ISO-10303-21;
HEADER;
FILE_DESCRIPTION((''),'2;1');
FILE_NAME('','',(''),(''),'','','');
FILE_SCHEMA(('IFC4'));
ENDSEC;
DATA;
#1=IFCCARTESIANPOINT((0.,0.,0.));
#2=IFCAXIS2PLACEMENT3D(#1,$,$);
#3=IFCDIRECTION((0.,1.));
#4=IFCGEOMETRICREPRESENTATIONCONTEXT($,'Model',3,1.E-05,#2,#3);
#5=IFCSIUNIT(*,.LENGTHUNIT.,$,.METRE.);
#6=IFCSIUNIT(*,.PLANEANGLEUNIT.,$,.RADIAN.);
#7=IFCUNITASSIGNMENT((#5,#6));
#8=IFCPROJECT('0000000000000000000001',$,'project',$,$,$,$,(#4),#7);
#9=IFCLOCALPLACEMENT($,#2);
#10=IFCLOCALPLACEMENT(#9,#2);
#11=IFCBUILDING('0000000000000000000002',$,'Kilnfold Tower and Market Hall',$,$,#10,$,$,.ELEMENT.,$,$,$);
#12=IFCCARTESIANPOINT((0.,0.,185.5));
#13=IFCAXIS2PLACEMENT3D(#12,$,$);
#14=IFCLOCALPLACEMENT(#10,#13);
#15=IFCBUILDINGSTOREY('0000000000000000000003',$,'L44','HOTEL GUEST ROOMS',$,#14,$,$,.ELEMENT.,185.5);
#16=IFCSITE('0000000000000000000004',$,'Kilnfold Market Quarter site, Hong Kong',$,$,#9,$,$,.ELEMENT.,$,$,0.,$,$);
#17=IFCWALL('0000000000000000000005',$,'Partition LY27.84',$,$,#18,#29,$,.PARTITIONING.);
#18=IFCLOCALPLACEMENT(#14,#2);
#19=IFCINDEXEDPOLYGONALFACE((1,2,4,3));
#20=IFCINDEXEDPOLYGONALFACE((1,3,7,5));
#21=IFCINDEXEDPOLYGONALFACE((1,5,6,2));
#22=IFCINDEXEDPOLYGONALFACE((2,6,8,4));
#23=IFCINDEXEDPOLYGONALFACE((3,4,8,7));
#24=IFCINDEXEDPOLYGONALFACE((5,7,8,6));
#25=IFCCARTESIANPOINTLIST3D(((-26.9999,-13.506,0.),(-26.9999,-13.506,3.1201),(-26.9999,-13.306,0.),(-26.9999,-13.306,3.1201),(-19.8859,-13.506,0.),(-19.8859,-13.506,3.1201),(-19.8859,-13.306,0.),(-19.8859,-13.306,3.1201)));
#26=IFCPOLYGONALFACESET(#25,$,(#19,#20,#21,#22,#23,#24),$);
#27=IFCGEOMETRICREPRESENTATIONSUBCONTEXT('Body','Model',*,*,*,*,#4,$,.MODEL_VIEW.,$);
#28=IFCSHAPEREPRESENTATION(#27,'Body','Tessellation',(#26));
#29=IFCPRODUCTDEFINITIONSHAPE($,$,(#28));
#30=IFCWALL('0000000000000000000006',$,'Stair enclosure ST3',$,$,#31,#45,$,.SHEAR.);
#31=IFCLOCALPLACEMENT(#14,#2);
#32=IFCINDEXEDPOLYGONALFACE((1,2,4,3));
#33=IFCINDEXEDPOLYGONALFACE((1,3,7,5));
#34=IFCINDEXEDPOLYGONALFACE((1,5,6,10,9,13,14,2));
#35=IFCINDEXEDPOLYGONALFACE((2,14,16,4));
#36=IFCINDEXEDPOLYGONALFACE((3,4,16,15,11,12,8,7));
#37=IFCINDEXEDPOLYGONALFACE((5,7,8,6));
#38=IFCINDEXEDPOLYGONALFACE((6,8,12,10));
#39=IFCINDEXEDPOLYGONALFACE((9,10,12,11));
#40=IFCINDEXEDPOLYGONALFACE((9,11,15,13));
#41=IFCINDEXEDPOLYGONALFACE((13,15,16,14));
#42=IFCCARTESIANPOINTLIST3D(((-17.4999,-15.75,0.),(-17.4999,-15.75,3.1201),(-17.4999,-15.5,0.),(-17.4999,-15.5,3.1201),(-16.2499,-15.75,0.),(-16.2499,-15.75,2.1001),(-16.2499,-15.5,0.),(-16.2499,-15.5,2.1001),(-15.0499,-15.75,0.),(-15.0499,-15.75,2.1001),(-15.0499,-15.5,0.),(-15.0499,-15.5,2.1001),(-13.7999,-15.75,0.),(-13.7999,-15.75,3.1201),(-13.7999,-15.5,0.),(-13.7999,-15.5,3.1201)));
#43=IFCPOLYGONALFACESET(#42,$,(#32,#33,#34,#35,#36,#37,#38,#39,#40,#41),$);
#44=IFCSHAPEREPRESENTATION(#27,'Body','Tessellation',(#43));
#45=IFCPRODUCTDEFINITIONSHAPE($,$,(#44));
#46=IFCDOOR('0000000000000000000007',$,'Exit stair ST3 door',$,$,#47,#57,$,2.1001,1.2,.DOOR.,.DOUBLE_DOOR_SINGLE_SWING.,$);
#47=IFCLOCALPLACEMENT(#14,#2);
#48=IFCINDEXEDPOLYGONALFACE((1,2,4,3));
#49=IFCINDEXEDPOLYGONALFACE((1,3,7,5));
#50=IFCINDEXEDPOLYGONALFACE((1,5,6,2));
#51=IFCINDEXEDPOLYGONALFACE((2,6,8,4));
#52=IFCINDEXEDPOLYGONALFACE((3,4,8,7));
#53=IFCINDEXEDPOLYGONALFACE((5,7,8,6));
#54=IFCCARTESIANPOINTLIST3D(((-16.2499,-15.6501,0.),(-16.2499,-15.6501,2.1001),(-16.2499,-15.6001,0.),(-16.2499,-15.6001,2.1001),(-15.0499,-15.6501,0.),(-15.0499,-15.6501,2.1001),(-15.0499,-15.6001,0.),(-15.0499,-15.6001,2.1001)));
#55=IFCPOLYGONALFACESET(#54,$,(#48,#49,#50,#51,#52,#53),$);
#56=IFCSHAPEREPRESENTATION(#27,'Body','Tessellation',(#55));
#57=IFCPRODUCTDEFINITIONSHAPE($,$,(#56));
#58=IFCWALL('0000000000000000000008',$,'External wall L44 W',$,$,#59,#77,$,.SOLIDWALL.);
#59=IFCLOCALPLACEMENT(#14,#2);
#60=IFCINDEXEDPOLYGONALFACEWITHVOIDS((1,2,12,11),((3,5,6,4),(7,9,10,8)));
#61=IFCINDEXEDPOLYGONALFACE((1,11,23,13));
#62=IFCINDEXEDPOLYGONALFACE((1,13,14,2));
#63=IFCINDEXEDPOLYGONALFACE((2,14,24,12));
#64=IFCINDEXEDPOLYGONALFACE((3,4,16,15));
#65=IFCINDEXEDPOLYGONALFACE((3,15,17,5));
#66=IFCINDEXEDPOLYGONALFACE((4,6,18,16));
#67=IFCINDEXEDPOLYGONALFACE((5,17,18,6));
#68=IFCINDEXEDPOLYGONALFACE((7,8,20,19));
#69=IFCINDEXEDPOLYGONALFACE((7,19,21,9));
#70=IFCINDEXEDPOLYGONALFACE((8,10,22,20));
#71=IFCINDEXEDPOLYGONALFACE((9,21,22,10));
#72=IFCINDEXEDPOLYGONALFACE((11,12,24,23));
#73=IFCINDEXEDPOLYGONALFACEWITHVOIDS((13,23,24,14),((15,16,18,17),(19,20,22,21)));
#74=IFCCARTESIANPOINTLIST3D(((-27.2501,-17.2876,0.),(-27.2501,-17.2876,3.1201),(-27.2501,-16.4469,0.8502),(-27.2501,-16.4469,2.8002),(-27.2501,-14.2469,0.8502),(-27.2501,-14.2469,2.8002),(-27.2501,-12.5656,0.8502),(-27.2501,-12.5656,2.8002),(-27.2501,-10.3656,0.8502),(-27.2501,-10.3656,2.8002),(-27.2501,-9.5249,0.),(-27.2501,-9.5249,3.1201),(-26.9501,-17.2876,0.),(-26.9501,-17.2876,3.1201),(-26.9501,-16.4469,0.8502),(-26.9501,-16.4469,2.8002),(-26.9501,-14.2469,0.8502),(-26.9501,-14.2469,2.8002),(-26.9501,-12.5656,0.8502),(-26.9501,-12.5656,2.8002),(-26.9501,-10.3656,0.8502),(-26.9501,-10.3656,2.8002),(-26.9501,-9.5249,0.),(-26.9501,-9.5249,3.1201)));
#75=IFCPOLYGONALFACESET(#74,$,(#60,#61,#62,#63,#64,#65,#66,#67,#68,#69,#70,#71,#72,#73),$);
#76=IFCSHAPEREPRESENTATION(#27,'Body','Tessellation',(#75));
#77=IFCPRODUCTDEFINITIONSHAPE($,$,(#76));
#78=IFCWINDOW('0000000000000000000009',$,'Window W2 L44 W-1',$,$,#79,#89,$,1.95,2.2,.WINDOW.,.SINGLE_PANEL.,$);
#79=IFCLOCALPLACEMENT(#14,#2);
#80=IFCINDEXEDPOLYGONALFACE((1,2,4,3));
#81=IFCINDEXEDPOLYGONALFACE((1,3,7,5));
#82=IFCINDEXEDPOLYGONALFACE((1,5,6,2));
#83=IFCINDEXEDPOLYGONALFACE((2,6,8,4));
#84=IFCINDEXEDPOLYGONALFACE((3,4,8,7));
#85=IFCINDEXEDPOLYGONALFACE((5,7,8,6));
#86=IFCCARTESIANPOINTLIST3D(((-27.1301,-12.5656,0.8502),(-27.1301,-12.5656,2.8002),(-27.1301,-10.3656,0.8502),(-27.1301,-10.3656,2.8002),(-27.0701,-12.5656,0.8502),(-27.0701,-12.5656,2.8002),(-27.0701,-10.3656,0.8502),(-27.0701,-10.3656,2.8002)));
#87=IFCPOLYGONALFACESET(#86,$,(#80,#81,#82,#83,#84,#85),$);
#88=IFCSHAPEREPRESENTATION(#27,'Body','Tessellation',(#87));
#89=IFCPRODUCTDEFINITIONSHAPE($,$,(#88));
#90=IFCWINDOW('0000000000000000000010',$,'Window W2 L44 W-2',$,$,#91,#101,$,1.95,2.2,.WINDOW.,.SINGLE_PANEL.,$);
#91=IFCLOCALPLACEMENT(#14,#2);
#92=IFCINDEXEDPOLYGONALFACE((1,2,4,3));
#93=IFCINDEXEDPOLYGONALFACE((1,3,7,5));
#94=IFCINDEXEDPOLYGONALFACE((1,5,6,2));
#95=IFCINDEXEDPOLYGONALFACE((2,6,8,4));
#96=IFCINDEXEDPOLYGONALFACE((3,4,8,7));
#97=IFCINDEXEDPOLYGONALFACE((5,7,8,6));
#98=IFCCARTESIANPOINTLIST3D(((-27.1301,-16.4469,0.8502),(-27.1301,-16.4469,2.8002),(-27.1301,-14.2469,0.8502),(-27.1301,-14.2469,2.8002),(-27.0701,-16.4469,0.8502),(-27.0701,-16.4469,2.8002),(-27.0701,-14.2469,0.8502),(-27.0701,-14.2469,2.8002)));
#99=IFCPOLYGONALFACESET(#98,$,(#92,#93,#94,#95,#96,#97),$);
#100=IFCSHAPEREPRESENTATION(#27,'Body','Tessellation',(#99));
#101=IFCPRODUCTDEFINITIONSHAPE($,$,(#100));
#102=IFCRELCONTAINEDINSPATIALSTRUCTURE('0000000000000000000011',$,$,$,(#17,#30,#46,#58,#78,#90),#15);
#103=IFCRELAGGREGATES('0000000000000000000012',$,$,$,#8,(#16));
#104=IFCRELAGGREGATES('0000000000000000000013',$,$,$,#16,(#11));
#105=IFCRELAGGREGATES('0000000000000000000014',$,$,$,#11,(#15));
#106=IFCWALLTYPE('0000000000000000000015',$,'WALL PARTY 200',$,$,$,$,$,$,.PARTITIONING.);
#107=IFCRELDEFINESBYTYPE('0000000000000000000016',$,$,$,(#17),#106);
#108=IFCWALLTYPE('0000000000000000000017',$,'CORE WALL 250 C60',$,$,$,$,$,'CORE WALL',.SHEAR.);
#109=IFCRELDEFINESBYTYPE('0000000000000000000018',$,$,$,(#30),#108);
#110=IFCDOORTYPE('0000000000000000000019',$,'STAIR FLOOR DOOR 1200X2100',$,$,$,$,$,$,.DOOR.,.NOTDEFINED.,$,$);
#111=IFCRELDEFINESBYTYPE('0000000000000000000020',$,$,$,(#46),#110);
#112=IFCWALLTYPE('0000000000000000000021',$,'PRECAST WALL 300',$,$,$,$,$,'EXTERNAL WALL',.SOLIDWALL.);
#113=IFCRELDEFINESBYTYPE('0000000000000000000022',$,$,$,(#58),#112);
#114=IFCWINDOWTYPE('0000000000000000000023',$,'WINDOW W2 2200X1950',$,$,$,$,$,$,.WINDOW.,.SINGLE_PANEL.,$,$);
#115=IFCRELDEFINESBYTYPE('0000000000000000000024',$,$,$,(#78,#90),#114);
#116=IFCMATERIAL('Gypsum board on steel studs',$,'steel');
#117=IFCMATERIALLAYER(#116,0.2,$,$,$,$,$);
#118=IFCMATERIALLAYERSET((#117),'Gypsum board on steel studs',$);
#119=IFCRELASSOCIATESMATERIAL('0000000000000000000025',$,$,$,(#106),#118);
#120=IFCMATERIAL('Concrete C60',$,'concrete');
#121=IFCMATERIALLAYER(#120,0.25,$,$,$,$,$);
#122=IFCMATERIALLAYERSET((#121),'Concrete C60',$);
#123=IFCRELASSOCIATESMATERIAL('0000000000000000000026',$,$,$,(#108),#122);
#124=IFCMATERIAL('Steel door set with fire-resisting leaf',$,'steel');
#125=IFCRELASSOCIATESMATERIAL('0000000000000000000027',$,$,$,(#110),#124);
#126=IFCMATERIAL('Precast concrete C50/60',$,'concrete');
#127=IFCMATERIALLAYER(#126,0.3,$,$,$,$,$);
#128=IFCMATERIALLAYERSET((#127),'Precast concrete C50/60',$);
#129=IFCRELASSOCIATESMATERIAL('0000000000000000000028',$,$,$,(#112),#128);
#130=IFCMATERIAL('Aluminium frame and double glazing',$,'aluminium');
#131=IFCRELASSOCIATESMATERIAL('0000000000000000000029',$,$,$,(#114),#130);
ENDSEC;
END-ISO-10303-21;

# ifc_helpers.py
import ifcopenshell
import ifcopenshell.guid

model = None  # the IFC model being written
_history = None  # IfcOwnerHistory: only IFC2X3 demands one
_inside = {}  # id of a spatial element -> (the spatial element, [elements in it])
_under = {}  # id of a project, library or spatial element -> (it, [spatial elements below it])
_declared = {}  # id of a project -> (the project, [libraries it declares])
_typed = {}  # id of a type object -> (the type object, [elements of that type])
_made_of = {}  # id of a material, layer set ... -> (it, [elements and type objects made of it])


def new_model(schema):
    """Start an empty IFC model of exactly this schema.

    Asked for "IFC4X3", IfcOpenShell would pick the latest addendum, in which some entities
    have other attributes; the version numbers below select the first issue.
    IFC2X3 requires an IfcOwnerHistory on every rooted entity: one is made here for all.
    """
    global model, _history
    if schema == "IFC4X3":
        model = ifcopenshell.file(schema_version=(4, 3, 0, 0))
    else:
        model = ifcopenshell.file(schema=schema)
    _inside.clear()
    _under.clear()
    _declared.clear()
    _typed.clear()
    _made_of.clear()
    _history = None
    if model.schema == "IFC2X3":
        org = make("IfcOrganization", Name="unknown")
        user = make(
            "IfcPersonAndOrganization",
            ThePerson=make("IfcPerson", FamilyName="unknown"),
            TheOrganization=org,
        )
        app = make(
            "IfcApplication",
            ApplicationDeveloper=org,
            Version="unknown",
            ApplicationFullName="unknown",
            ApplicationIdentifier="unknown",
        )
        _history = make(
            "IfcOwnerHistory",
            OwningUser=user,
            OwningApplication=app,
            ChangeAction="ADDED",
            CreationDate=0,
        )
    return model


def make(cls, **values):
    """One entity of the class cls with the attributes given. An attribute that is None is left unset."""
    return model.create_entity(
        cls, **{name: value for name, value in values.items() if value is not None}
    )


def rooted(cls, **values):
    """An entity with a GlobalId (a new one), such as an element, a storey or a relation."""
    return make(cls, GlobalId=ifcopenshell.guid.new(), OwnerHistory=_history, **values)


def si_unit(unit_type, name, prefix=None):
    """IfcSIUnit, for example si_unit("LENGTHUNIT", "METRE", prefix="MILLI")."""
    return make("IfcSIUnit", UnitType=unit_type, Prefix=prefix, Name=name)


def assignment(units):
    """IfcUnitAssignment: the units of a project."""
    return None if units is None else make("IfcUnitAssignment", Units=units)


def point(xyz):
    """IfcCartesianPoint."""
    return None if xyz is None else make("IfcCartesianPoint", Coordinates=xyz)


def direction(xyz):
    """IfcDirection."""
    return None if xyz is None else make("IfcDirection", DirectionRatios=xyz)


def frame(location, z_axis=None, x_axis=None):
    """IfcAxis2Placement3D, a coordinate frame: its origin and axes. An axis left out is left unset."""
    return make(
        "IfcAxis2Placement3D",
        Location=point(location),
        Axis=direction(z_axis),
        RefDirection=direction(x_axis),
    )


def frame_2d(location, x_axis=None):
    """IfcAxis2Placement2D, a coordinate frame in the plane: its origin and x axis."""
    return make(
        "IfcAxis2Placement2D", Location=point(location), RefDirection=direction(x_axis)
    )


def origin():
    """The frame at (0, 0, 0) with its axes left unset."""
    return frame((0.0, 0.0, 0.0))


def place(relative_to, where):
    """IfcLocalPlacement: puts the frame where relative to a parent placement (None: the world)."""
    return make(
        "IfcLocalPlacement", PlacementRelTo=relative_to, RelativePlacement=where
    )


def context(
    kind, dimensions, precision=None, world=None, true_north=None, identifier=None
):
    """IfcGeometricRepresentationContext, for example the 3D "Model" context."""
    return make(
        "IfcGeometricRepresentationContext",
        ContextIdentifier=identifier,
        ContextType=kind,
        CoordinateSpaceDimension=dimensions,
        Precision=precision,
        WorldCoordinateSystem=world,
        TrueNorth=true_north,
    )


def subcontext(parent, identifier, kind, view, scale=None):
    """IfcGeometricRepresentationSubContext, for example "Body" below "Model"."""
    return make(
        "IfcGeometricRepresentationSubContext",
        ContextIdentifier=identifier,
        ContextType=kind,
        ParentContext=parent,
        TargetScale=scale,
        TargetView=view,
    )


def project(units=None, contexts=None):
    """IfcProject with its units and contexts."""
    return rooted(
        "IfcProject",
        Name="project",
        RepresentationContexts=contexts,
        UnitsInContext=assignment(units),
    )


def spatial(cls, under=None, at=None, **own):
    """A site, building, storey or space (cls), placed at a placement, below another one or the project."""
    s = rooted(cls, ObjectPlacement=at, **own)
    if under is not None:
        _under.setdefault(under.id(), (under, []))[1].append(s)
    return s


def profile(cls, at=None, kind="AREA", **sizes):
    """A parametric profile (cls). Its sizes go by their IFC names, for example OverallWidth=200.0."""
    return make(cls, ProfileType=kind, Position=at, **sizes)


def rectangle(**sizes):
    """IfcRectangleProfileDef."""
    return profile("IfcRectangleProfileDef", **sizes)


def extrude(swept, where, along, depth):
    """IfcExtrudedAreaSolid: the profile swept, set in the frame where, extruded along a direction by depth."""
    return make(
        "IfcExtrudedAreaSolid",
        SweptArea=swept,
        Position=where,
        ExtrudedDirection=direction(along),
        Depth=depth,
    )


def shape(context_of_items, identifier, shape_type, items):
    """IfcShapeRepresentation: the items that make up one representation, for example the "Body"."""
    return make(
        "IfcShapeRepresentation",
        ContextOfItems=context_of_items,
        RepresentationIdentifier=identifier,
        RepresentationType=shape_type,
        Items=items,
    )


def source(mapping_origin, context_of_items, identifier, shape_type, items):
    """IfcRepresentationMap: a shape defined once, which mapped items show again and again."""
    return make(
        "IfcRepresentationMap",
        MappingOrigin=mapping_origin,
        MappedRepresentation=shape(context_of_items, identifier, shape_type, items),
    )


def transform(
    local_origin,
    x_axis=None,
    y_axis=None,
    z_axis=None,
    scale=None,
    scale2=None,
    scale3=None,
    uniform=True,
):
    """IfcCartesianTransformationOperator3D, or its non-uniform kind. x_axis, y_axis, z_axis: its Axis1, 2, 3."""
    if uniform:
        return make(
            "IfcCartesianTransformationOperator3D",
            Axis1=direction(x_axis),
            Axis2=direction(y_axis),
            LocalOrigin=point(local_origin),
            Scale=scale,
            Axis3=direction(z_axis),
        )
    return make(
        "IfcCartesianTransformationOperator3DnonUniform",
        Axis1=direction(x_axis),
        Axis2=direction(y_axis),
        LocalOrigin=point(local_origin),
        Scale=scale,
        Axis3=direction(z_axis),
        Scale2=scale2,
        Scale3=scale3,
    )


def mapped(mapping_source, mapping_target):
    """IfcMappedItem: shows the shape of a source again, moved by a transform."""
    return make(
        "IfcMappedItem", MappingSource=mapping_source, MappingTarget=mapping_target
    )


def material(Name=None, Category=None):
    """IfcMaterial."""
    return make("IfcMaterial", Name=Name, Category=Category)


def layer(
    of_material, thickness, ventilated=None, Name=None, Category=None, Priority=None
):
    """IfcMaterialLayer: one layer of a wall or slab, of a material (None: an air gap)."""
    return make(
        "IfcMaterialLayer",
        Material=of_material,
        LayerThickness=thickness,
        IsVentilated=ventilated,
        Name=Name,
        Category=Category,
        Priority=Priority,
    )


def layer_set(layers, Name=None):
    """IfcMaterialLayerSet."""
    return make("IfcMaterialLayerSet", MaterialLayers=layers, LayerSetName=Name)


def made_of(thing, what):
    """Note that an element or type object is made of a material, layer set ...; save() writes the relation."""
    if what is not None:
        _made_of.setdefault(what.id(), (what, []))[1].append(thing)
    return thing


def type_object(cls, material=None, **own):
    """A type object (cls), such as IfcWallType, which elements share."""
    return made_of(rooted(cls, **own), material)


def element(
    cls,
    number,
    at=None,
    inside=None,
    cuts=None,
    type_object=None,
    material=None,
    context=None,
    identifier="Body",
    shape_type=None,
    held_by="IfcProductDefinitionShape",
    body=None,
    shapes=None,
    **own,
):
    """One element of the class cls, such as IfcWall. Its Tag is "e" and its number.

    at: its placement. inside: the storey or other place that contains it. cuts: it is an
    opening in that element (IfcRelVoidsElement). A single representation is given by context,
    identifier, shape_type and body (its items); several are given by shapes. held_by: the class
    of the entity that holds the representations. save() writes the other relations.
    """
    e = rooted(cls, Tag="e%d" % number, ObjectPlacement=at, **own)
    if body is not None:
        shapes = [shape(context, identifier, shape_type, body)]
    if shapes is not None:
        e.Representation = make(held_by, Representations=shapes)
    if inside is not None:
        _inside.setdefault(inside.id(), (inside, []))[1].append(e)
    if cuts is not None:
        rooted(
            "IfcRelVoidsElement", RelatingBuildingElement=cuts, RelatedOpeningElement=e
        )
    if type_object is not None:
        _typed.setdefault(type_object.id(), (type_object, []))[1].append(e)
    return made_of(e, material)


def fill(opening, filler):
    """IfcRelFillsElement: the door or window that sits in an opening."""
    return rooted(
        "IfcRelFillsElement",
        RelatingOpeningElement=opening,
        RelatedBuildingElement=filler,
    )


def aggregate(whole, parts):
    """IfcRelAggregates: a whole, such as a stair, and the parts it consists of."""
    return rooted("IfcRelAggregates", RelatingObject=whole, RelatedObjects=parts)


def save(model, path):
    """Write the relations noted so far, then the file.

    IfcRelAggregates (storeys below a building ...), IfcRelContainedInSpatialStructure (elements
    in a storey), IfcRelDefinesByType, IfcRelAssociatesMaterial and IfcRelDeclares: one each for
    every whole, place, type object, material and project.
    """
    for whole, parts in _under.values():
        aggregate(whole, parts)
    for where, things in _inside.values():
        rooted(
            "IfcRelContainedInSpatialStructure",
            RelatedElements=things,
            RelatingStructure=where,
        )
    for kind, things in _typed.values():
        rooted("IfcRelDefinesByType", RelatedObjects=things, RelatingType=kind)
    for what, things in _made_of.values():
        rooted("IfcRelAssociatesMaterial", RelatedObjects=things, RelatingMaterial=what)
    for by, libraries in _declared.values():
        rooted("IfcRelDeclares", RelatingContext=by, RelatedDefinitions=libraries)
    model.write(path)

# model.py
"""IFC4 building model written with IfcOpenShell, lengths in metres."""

from ifc_helpers import new_model, si_unit, direction, frame, frame_2d, origin, place, context, subcontext, project, spatial, rectangle, extrude, source, transform, mapped, material, layer, layer_set, type_object, element, fill, save


model = new_model("IFC4")

# Units and contexts
model_context = context("Model", 3, precision=1e-05, world=origin(), true_north=direction((0.0, 1.0)))
body_context = subcontext(model_context, "Body", "Model", "MODEL_VIEW")
ifc_project = project(units=[si_unit("LENGTHUNIT", "METRE"), si_unit("PLANEANGLEUNIT", "RADIAN")], contexts=[model_context])

# Site, building, storey
site_placement = place(None, origin())
site = spatial("IfcSite", under=ifc_project, at=site_placement, Name="Kilnfold Market Quarter site, Hong Kong", CompositionType="ELEMENT", RefElevation=0.0)
building_placement = place(site_placement, origin())
building = spatial("IfcBuilding", under=site, at=building_placement, Name="Kilnfold Tower and Market Hall", CompositionType="ELEMENT")
storey_placement = place(building_placement, frame((0.0, 0.0, 185.5)))
storey = spatial("IfcBuildingStorey", under=building, at=storey_placement, Name="L44", Description="HOTEL GUEST ROOMS", CompositionType="ELEMENT", Elevation=185.5)

# Wall
ifc_material_1 = material(Name="Gypsum board on steel studs", Category="steel")
ifc_layer_1 = layer(ifc_material_1, 0.2)
ifc_layer_set_1 = layer_set([ifc_layer_1], Name="Gypsum board on steel studs")
wall_type_1 = type_object("IfcWallType", Name="WALL PARTY 200", PredefinedType="PARTITIONING", material=ifc_layer_set_1)
wall_1_placement = place(storey_placement, frame((-27.0, -13.406, 0.0), z_axis=(0.0, 0.0, 1.0), x_axis=(1.0, 0.0, 0.0)))
element("IfcWall", 1, at=wall_1_placement, inside=storey, type_object=wall_type_1, Name="Partition LY27.84", PredefinedType="PARTITIONING", context=body_context, shape_type="SweptSolid", body=[
    extrude(rectangle(XDim=7.114, YDim=0.2, at=frame_2d((3.5571, 0.0))), origin(), (0.0, 0.0, 1.0), 3.1201),
])

# Wall, opening, door
ifc_material_2 = material(Name="Concrete C60", Category="concrete")
ifc_layer_2 = layer(ifc_material_2, 0.25)
ifc_layer_set_2 = layer_set([ifc_layer_2], Name="Concrete C60")
wall_type_2 = type_object("IfcWallType", Name="CORE WALL 250 C60", ElementType="CORE WALL", PredefinedType="SHEAR", material=ifc_layer_set_2)
shared_shape_1 = source(origin(), body_context, "Body", "SweptSolid", [
    extrude(rectangle(XDim=3.7, YDim=0.25, at=frame_2d((1.8501, 0.0))), origin(), (0.0, 0.0, 1.0), 3.1201),
])
wall_2_placement = place(storey_placement, frame((-17.5, -15.625, 0.0), z_axis=(0.0, 0.0, 1.0), x_axis=(1.0, 0.0, 0.0)))
wall_2 = element("IfcWall", 2, at=wall_2_placement, inside=storey, type_object=wall_type_2, Name="Stair enclosure ST3", PredefinedType="SHEAR", context=body_context, shape_type="MappedRepresentation", body=[
    mapped(shared_shape_1, transform((0.0, 0.0, 0.0))),
])
opening_1_placement = place(wall_2_placement, frame((1.25, 0.0, 0.0)))
opening_1 = element("IfcOpeningElement", 3, at=opening_1_placement, cuts=wall_2, PredefinedType="OPENING", context=body_context, shape_type="SweptSolid", body=[
    extrude(rectangle(XDim=1.2, YDim=2.1001, at=frame_2d((0.6001, 1.05))), frame((0.0, 0.135, 0.0), z_axis=(0.0, -1.0, 0.0), x_axis=(1.0, 0.0, 0.0)), (0.0, 0.0, 1.0), 0.27),
])
ifc_material_3 = material(Name="Steel door set with fire-resisting leaf", Category="steel")
door_type_1 = type_object("IfcDoorType", Name="STAIR FLOOR DOOR 1200X2100", OperationType="NOTDEFINED", PredefinedType="DOOR", material=ifc_material_3)
door_1_placement = place(opening_1_placement, origin())
door_1 = element("IfcDoor", 4, at=door_1_placement, inside=storey, type_object=door_type_1, Name="Exit stair ST3 door", OperationType="DOUBLE_DOOR_SINGLE_SWING", OverallHeight=2.1001, OverallWidth=1.2, PredefinedType="DOOR", context=body_context, shape_type="SweptSolid", body=[
    extrude(rectangle(XDim=1.2, YDim=2.1001, at=frame_2d((0.6001, 1.05))), frame((0.0, 0.0249, 0.0), z_axis=(0.0, -1.0, 0.0), x_axis=(1.0, 0.0, 0.0)), (0.0, 0.0, 1.0), 0.05),
])
fill(opening_1, door_1)

# Wall, openings, windows
ifc_material_4 = material(Name="Precast concrete C50/60", Category="concrete")
ifc_layer_3 = layer(ifc_material_4, 0.3)
ifc_layer_set_3 = layer_set([ifc_layer_3], Name="Precast concrete C50/60")
wall_type_3 = type_object("IfcWallType", Name="PRECAST WALL 300", ElementType="EXTERNAL WALL", PredefinedType="SOLIDWALL", material=ifc_layer_set_3)
shared_shape_2 = source(origin(), body_context, "Body", "SweptSolid", [
    extrude(rectangle(XDim=7.7627, YDim=0.3, at=frame_2d((3.8813, 0.0))), origin(), (0.0, 0.0, 1.0), 3.1201),
])
wall_3_placement = place(storey_placement, frame((-27.1001, -9.5249, 0.0), z_axis=(0.0, 0.0, 1.0), x_axis=(0.0, -1.0, 0.0)))
wall_3 = element("IfcWall", 5, at=wall_3_placement, inside=storey, type_object=wall_type_3, Name="External wall L44 W", PredefinedType="SOLIDWALL", context=body_context, shape_type="MappedRepresentation", body=[
    mapped(shared_shape_2, transform((0.0, 0.0, 0.0))),
])
opening_2_placement = place(wall_3_placement, frame((0.8406, 0.0, 0.8501)))
opening_2 = element("IfcOpeningElement", 6, at=opening_2_placement, cuts=wall_3, PredefinedType="OPENING", context=body_context, shape_type="SweptSolid", body=[
    extrude(rectangle(XDim=2.2, YDim=1.95, at=frame_2d((1.1001, 0.9751))), frame((0.0, 0.1602, 0.0), z_axis=(0.0, -1.0, 0.0), x_axis=(1.0, 0.0, 0.0)), (0.0, 0.0, 1.0), 0.3201),
])
opening_3_placement = place(wall_3_placement, frame((4.7219, 0.0, 0.8501)))
opening_3 = element("IfcOpeningElement", 7, at=opening_3_placement, cuts=wall_3, PredefinedType="OPENING", context=body_context, shape_type="SweptSolid", body=[
    extrude(rectangle(XDim=2.2, YDim=1.95, at=frame_2d((1.1001, 0.9751))), frame((0.0, 0.1602, 0.0), z_axis=(0.0, -1.0, 0.0), x_axis=(1.0, 0.0, 0.0)), (0.0, 0.0, 1.0), 0.3201),
])
ifc_material_5 = material(Name="Aluminium frame and double glazing", Category="aluminium")
window_type = type_object("IfcWindowType", Name="WINDOW W2 2200X1950", PartitioningType="SINGLE_PANEL", PredefinedType="WINDOW", material=ifc_material_5)
window_1_placement = place(opening_2_placement, origin())
window_1 = element("IfcWindow", 8, at=window_1_placement, inside=storey, type_object=window_type, Name="Window W2 L44 W-1", OverallHeight=1.95, OverallWidth=2.2, PartitioningType="SINGLE_PANEL", PredefinedType="WINDOW", context=body_context, shape_type="SweptSolid", body=[
    extrude(rectangle(XDim=2.2, YDim=1.95, at=frame_2d((1.1001, 0.9751))), frame((0.0, 0.03, 0.0), z_axis=(0.0, -1.0, 0.0), x_axis=(1.0, 0.0, 0.0)), (0.0, 0.0, 1.0), 0.0601),
])
fill(opening_2, window_1)
window_2_placement = place(opening_3_placement, origin())
window_2 = element("IfcWindow", 9, at=window_2_placement, inside=storey, type_object=window_type, Name="Window W2 L44 W-2", OverallHeight=1.95, OverallWidth=2.2, PartitioningType="SINGLE_PANEL", PredefinedType="WINDOW", context=body_context, shape_type="SweptSolid", body=[
    extrude(rectangle(XDim=2.2, YDim=1.95, at=frame_2d((1.1001, 0.9751))), frame((0.0, 0.03, 0.0), z_axis=(0.0, -1.0, 0.0), x_axis=(1.0, 0.0, 0.0)), (0.0, 0.0, 1.0), 0.0601),
])
fill(opening_3, window_2)

save(model, "model.ifc")
